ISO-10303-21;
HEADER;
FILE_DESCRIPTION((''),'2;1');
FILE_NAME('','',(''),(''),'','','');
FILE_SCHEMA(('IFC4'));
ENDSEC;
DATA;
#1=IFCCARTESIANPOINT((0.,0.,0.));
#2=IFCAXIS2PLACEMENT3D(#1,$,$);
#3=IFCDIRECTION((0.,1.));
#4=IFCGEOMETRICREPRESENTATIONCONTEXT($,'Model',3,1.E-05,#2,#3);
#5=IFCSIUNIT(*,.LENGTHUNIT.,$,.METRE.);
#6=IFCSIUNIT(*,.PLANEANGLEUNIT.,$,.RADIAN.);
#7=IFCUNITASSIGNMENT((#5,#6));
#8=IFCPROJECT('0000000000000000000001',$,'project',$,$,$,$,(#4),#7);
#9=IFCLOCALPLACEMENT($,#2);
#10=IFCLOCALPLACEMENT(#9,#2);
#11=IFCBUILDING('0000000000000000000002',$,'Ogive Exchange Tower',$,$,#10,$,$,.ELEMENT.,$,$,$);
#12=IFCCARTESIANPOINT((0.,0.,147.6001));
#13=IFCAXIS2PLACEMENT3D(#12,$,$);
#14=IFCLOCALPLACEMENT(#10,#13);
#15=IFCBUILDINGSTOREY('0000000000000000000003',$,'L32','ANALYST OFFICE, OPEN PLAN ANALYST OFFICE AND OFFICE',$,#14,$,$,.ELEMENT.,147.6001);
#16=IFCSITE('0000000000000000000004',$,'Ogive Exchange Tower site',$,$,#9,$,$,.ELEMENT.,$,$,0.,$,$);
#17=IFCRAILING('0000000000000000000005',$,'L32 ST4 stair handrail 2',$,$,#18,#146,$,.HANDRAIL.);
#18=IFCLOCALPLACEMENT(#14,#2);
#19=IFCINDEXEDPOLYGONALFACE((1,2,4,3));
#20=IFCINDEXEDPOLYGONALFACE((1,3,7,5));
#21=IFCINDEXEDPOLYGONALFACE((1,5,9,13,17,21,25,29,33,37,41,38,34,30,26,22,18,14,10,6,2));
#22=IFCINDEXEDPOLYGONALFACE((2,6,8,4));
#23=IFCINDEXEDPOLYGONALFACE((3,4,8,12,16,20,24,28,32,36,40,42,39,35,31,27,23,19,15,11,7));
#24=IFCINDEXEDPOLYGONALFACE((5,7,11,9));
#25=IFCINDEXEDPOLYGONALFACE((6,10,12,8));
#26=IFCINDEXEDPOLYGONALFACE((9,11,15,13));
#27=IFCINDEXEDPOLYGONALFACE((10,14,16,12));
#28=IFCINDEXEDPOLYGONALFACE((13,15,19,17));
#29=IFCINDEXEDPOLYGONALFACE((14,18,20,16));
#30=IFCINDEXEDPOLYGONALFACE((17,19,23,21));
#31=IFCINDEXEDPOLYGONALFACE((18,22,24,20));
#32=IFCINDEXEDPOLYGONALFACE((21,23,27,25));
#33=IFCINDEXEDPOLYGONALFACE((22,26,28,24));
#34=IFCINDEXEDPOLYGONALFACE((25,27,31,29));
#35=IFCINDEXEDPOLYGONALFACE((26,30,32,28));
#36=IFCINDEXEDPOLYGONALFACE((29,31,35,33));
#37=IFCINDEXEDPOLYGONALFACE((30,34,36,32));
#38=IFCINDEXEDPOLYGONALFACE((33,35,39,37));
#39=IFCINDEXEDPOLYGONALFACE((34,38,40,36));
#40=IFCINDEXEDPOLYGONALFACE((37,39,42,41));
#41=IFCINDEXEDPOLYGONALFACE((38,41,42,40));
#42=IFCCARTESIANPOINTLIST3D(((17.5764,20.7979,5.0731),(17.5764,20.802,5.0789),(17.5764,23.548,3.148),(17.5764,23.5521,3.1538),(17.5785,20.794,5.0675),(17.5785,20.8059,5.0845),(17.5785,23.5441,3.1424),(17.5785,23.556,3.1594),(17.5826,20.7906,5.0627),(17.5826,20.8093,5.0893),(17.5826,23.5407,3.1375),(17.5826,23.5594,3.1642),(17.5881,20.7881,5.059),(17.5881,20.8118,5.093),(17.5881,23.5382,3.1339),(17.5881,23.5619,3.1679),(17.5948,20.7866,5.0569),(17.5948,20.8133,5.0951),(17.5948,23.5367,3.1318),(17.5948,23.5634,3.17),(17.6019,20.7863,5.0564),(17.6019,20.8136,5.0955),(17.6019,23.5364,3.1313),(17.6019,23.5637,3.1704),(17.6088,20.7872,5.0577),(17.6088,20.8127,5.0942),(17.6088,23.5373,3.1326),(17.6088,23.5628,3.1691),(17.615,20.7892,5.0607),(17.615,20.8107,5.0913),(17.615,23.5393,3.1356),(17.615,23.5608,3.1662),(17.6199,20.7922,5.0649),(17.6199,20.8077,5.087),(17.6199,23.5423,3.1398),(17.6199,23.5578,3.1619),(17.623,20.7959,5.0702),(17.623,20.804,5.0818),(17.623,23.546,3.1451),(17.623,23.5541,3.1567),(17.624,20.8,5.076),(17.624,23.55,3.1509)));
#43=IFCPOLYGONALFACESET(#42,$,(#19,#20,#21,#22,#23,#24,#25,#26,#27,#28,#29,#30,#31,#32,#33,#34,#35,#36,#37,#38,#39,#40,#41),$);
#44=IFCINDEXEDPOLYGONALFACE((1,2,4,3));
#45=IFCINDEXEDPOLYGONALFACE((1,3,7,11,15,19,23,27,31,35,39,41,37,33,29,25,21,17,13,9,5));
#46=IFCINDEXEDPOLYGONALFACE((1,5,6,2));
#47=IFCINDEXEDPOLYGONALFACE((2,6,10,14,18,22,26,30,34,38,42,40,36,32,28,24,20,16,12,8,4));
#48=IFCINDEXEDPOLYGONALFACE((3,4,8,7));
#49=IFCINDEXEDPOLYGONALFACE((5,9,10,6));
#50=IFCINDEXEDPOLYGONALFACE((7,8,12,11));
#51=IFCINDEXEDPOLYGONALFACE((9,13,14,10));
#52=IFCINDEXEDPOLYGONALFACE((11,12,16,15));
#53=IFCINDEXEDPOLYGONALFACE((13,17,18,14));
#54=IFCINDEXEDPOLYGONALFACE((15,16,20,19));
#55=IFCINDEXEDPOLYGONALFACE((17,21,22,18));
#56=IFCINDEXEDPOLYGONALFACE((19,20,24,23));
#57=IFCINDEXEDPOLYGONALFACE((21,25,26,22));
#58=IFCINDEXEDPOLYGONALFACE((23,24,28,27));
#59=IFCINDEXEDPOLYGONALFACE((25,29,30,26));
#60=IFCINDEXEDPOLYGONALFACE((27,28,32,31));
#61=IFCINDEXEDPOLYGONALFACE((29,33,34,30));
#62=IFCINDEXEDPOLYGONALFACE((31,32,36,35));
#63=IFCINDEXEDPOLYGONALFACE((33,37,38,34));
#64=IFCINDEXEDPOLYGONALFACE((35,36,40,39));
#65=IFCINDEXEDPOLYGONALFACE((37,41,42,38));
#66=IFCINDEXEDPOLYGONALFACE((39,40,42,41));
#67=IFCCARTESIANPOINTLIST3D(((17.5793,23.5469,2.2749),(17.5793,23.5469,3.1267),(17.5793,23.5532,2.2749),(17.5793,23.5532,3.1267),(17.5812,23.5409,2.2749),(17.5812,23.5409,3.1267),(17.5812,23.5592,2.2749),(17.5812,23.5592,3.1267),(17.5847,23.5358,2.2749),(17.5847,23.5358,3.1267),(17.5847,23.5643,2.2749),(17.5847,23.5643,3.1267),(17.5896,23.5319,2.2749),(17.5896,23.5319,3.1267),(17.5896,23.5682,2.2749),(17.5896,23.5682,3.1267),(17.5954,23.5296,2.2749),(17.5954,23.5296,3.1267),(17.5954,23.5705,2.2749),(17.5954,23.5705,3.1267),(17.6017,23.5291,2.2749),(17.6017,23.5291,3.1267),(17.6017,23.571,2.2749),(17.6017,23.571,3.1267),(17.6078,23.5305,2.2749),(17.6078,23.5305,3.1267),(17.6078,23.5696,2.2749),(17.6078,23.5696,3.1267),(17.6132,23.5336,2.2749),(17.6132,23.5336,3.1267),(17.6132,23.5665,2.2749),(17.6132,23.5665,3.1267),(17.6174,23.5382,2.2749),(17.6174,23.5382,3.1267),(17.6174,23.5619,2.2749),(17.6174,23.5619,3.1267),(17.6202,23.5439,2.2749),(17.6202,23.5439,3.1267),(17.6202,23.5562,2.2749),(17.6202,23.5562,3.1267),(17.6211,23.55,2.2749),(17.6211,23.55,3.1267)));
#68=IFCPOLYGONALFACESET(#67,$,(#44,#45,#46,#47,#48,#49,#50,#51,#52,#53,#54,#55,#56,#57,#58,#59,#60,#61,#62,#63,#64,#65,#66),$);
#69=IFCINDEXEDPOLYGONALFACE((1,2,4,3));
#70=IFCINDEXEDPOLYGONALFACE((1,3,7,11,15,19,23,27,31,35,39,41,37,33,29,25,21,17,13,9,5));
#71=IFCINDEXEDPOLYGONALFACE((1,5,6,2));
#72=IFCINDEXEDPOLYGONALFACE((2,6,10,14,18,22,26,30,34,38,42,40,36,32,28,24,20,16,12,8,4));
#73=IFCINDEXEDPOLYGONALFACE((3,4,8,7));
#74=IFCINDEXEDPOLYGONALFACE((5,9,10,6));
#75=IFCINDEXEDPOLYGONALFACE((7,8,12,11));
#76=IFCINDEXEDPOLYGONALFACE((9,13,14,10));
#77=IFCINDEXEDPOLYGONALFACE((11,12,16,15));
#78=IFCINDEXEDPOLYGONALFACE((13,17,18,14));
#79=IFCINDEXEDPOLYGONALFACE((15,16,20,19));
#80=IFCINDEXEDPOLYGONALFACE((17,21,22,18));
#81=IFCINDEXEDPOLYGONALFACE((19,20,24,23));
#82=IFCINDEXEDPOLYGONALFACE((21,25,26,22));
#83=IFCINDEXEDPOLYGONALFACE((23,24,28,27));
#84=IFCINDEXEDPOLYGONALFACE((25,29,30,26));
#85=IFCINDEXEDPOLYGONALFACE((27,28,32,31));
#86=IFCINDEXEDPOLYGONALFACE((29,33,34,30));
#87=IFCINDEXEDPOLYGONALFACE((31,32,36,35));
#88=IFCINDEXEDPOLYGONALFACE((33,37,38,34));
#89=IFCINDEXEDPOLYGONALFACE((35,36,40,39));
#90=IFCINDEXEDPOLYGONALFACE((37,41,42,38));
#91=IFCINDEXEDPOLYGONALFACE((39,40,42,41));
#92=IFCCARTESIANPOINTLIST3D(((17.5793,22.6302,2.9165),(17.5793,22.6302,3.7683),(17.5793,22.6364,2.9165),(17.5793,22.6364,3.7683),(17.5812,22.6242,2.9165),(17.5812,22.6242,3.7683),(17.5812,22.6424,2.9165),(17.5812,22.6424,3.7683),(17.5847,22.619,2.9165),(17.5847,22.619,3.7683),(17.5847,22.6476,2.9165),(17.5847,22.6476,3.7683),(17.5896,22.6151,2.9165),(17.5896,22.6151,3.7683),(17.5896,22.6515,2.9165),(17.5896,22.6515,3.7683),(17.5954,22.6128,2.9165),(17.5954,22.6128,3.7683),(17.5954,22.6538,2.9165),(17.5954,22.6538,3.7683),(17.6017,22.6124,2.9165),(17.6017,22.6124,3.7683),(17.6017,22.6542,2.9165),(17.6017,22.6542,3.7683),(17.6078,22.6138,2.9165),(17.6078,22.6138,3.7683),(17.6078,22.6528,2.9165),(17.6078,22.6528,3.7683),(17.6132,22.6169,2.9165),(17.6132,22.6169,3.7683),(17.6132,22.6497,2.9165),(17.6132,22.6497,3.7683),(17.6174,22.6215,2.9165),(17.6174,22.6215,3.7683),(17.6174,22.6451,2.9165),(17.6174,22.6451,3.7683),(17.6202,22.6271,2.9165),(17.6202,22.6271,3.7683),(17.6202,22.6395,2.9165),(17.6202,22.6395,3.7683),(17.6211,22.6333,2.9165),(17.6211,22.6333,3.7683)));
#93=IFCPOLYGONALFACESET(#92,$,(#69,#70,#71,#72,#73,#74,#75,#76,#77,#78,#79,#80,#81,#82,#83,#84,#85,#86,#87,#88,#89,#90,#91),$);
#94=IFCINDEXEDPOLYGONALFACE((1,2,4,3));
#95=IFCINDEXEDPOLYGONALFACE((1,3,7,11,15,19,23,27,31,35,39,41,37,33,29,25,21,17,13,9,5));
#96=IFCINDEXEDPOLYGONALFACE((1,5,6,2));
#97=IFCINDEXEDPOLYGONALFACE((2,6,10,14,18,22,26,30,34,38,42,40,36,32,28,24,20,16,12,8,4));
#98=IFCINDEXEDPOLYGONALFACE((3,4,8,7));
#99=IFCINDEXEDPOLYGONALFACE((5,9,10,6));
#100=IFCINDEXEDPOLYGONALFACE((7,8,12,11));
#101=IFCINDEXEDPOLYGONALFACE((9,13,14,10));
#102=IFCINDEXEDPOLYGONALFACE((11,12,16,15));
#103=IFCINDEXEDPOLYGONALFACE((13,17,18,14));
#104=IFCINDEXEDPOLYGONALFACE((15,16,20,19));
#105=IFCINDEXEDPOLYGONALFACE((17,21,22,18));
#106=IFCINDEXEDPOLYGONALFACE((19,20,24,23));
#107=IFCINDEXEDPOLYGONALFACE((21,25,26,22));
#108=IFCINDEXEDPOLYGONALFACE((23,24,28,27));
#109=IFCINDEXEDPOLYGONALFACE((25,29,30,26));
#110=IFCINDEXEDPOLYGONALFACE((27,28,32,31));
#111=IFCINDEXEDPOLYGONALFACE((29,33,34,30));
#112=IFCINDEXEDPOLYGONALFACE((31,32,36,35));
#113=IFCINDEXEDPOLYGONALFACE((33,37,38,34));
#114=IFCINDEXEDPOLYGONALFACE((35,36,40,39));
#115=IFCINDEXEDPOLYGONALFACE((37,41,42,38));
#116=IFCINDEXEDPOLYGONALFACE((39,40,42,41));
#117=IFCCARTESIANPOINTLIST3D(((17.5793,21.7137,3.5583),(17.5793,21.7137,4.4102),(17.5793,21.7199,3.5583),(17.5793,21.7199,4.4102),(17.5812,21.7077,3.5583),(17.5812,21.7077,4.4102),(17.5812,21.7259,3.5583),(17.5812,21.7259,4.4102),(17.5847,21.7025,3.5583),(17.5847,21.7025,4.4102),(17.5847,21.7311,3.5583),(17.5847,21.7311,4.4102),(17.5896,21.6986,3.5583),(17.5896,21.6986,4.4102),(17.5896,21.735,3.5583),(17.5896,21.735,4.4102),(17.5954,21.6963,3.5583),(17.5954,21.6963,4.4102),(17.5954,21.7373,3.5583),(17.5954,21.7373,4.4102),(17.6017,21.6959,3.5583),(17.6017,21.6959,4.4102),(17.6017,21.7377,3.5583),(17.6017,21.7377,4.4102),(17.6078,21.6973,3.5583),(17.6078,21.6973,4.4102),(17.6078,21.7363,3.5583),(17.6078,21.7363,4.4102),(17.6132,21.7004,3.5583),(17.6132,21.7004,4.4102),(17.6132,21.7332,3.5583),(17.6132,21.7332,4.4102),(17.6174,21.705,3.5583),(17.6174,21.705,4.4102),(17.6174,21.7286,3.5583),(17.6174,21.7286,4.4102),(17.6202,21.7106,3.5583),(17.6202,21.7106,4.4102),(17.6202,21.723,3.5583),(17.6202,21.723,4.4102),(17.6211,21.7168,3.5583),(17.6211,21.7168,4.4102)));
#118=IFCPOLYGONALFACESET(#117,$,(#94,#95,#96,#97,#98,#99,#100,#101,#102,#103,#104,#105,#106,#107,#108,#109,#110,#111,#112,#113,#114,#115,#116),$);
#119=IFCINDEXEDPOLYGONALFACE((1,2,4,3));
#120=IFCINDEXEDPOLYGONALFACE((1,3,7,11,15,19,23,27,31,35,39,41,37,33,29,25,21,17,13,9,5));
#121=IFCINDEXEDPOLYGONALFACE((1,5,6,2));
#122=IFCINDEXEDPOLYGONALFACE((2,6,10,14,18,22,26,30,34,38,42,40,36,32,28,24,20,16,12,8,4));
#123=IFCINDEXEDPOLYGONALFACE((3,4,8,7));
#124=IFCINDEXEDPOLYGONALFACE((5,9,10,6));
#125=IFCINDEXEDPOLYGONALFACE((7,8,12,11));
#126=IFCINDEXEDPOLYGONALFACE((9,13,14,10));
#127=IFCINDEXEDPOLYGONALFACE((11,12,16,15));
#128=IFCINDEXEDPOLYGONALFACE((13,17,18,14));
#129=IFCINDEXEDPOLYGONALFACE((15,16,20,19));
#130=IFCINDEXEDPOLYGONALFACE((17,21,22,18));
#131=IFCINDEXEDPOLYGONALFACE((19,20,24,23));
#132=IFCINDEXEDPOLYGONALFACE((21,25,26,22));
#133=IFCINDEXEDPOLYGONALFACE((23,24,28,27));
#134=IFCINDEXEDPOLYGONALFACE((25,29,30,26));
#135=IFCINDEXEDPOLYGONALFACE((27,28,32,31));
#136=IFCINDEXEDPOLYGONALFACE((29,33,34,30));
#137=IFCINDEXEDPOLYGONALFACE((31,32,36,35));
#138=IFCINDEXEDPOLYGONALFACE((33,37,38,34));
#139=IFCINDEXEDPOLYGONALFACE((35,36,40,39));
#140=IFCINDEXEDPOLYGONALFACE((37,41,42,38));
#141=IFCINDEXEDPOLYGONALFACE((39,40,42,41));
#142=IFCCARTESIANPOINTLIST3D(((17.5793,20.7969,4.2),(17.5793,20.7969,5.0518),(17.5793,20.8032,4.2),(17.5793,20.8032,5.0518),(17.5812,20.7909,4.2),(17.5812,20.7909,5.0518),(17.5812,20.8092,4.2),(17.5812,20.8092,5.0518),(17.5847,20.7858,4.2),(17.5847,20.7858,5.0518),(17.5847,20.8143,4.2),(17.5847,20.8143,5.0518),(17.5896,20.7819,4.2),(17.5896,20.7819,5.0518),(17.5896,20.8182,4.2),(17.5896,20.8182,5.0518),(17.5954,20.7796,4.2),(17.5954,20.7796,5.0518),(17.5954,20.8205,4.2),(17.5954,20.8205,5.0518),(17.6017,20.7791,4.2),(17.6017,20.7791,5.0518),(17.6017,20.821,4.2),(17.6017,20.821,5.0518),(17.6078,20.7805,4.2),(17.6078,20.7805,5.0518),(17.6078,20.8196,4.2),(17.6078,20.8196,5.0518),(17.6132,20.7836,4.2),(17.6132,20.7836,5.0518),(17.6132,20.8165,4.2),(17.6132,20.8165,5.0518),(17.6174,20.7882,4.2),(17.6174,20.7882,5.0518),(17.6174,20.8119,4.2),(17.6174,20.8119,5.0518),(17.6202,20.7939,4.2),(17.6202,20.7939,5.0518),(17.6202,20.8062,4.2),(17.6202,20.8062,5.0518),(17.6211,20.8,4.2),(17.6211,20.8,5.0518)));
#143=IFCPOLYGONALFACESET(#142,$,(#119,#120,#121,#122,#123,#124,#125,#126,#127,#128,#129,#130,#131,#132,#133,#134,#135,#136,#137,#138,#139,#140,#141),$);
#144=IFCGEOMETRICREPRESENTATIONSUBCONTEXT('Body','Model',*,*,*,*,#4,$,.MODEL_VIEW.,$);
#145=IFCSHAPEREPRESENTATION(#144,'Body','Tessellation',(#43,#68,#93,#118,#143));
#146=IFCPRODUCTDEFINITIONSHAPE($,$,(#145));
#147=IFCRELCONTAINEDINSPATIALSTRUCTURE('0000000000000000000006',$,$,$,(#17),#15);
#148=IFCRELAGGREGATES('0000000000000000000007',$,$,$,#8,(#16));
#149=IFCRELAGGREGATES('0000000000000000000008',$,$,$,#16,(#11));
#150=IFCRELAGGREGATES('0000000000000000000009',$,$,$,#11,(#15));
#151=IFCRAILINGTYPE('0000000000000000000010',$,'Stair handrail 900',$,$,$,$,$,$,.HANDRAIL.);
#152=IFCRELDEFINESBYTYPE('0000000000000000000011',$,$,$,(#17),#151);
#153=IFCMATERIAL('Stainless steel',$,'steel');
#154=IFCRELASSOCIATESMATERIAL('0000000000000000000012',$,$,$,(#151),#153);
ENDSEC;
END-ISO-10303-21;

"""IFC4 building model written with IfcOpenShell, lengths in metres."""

from ifc_helpers import new_model, si_unit, direction, frame, origin, origin_2d, place, context, subcontext, project, spatial, circle, extrude, material, type_object, element, save


model = new_model("IFC4")

# Units and contexts
model_context = context("Model", 3, precision=1e-05, world=origin(), true_north=direction((0.0, 1.0)))
body_context = subcontext(model_context, "Body", "Model", "MODEL_VIEW")
ifc_project = project(units=[si_unit("LENGTHUNIT", "METRE"), si_unit("PLANEANGLEUNIT", "RADIAN")], contexts=[model_context])

# Site, building, storey
site_placement = place(None, origin())
site = spatial("IfcSite", under=ifc_project, at=site_placement, Name="Ogive Exchange Tower site", CompositionType="ELEMENT", RefElevation=0.0)
building_placement = place(site_placement, origin())
building = spatial("IfcBuilding", under=site, at=building_placement, Name="Ogive Exchange Tower", CompositionType="ELEMENT")
storey_placement = place(building_placement, frame((0.0, 0.0, 147.6001)))
storey = spatial("IfcBuildingStorey", under=building, at=storey_placement, Name="L32", Description="ANALYST OFFICE, OPEN PLAN ANALYST OFFICE AND OFFICE", CompositionType="ELEMENT", Elevation=147.6001)

# Railing
ifc_material_1 = material(Name="Stainless steel", Category="steel")
railing_type = type_object("IfcRailingType", Name="Stair handrail 900", PredefinedType="HANDRAIL", material=ifc_material_1)
railing_placement = place(storey_placement, frame((17.6001, 23.55, 2.2749)))
element("IfcRailing", 1, at=railing_placement, inside=storey, type_object=railing_type, Name="L32 ST4 stair handrail 2", PredefinedType="HANDRAIL", context=body_context, shape_type="SweptSolid", body=[
    extrude(circle(Radius=0.0239, at=origin_2d()), frame((0.0, 0.0, 0.876), z_axis=(0.0, -0.819225, 0.573472), x_axis=(1.0, 0.0, 0.0)), (0.0, 0.0, 1.0), 3.3569),
    extrude(circle(Radius=0.021, at=origin_2d()), origin(), (0.0, 0.0, 1.0), 0.8518),
    extrude(circle(Radius=0.021, at=origin_2d()), frame((0.0, -0.9167, 0.6416)), (0.0, 0.0, 1.0), 0.8518),
    extrude(circle(Radius=0.021, at=origin_2d()), frame((0.0, -1.8333, 1.2834)), (0.0, 0.0, 1.0), 0.8518),
    extrude(circle(Radius=0.021, at=origin_2d()), frame((0.0, -2.75, 1.925)), (0.0, 0.0, 1.0), 0.8518),
])

save(model, "model.ifc")
